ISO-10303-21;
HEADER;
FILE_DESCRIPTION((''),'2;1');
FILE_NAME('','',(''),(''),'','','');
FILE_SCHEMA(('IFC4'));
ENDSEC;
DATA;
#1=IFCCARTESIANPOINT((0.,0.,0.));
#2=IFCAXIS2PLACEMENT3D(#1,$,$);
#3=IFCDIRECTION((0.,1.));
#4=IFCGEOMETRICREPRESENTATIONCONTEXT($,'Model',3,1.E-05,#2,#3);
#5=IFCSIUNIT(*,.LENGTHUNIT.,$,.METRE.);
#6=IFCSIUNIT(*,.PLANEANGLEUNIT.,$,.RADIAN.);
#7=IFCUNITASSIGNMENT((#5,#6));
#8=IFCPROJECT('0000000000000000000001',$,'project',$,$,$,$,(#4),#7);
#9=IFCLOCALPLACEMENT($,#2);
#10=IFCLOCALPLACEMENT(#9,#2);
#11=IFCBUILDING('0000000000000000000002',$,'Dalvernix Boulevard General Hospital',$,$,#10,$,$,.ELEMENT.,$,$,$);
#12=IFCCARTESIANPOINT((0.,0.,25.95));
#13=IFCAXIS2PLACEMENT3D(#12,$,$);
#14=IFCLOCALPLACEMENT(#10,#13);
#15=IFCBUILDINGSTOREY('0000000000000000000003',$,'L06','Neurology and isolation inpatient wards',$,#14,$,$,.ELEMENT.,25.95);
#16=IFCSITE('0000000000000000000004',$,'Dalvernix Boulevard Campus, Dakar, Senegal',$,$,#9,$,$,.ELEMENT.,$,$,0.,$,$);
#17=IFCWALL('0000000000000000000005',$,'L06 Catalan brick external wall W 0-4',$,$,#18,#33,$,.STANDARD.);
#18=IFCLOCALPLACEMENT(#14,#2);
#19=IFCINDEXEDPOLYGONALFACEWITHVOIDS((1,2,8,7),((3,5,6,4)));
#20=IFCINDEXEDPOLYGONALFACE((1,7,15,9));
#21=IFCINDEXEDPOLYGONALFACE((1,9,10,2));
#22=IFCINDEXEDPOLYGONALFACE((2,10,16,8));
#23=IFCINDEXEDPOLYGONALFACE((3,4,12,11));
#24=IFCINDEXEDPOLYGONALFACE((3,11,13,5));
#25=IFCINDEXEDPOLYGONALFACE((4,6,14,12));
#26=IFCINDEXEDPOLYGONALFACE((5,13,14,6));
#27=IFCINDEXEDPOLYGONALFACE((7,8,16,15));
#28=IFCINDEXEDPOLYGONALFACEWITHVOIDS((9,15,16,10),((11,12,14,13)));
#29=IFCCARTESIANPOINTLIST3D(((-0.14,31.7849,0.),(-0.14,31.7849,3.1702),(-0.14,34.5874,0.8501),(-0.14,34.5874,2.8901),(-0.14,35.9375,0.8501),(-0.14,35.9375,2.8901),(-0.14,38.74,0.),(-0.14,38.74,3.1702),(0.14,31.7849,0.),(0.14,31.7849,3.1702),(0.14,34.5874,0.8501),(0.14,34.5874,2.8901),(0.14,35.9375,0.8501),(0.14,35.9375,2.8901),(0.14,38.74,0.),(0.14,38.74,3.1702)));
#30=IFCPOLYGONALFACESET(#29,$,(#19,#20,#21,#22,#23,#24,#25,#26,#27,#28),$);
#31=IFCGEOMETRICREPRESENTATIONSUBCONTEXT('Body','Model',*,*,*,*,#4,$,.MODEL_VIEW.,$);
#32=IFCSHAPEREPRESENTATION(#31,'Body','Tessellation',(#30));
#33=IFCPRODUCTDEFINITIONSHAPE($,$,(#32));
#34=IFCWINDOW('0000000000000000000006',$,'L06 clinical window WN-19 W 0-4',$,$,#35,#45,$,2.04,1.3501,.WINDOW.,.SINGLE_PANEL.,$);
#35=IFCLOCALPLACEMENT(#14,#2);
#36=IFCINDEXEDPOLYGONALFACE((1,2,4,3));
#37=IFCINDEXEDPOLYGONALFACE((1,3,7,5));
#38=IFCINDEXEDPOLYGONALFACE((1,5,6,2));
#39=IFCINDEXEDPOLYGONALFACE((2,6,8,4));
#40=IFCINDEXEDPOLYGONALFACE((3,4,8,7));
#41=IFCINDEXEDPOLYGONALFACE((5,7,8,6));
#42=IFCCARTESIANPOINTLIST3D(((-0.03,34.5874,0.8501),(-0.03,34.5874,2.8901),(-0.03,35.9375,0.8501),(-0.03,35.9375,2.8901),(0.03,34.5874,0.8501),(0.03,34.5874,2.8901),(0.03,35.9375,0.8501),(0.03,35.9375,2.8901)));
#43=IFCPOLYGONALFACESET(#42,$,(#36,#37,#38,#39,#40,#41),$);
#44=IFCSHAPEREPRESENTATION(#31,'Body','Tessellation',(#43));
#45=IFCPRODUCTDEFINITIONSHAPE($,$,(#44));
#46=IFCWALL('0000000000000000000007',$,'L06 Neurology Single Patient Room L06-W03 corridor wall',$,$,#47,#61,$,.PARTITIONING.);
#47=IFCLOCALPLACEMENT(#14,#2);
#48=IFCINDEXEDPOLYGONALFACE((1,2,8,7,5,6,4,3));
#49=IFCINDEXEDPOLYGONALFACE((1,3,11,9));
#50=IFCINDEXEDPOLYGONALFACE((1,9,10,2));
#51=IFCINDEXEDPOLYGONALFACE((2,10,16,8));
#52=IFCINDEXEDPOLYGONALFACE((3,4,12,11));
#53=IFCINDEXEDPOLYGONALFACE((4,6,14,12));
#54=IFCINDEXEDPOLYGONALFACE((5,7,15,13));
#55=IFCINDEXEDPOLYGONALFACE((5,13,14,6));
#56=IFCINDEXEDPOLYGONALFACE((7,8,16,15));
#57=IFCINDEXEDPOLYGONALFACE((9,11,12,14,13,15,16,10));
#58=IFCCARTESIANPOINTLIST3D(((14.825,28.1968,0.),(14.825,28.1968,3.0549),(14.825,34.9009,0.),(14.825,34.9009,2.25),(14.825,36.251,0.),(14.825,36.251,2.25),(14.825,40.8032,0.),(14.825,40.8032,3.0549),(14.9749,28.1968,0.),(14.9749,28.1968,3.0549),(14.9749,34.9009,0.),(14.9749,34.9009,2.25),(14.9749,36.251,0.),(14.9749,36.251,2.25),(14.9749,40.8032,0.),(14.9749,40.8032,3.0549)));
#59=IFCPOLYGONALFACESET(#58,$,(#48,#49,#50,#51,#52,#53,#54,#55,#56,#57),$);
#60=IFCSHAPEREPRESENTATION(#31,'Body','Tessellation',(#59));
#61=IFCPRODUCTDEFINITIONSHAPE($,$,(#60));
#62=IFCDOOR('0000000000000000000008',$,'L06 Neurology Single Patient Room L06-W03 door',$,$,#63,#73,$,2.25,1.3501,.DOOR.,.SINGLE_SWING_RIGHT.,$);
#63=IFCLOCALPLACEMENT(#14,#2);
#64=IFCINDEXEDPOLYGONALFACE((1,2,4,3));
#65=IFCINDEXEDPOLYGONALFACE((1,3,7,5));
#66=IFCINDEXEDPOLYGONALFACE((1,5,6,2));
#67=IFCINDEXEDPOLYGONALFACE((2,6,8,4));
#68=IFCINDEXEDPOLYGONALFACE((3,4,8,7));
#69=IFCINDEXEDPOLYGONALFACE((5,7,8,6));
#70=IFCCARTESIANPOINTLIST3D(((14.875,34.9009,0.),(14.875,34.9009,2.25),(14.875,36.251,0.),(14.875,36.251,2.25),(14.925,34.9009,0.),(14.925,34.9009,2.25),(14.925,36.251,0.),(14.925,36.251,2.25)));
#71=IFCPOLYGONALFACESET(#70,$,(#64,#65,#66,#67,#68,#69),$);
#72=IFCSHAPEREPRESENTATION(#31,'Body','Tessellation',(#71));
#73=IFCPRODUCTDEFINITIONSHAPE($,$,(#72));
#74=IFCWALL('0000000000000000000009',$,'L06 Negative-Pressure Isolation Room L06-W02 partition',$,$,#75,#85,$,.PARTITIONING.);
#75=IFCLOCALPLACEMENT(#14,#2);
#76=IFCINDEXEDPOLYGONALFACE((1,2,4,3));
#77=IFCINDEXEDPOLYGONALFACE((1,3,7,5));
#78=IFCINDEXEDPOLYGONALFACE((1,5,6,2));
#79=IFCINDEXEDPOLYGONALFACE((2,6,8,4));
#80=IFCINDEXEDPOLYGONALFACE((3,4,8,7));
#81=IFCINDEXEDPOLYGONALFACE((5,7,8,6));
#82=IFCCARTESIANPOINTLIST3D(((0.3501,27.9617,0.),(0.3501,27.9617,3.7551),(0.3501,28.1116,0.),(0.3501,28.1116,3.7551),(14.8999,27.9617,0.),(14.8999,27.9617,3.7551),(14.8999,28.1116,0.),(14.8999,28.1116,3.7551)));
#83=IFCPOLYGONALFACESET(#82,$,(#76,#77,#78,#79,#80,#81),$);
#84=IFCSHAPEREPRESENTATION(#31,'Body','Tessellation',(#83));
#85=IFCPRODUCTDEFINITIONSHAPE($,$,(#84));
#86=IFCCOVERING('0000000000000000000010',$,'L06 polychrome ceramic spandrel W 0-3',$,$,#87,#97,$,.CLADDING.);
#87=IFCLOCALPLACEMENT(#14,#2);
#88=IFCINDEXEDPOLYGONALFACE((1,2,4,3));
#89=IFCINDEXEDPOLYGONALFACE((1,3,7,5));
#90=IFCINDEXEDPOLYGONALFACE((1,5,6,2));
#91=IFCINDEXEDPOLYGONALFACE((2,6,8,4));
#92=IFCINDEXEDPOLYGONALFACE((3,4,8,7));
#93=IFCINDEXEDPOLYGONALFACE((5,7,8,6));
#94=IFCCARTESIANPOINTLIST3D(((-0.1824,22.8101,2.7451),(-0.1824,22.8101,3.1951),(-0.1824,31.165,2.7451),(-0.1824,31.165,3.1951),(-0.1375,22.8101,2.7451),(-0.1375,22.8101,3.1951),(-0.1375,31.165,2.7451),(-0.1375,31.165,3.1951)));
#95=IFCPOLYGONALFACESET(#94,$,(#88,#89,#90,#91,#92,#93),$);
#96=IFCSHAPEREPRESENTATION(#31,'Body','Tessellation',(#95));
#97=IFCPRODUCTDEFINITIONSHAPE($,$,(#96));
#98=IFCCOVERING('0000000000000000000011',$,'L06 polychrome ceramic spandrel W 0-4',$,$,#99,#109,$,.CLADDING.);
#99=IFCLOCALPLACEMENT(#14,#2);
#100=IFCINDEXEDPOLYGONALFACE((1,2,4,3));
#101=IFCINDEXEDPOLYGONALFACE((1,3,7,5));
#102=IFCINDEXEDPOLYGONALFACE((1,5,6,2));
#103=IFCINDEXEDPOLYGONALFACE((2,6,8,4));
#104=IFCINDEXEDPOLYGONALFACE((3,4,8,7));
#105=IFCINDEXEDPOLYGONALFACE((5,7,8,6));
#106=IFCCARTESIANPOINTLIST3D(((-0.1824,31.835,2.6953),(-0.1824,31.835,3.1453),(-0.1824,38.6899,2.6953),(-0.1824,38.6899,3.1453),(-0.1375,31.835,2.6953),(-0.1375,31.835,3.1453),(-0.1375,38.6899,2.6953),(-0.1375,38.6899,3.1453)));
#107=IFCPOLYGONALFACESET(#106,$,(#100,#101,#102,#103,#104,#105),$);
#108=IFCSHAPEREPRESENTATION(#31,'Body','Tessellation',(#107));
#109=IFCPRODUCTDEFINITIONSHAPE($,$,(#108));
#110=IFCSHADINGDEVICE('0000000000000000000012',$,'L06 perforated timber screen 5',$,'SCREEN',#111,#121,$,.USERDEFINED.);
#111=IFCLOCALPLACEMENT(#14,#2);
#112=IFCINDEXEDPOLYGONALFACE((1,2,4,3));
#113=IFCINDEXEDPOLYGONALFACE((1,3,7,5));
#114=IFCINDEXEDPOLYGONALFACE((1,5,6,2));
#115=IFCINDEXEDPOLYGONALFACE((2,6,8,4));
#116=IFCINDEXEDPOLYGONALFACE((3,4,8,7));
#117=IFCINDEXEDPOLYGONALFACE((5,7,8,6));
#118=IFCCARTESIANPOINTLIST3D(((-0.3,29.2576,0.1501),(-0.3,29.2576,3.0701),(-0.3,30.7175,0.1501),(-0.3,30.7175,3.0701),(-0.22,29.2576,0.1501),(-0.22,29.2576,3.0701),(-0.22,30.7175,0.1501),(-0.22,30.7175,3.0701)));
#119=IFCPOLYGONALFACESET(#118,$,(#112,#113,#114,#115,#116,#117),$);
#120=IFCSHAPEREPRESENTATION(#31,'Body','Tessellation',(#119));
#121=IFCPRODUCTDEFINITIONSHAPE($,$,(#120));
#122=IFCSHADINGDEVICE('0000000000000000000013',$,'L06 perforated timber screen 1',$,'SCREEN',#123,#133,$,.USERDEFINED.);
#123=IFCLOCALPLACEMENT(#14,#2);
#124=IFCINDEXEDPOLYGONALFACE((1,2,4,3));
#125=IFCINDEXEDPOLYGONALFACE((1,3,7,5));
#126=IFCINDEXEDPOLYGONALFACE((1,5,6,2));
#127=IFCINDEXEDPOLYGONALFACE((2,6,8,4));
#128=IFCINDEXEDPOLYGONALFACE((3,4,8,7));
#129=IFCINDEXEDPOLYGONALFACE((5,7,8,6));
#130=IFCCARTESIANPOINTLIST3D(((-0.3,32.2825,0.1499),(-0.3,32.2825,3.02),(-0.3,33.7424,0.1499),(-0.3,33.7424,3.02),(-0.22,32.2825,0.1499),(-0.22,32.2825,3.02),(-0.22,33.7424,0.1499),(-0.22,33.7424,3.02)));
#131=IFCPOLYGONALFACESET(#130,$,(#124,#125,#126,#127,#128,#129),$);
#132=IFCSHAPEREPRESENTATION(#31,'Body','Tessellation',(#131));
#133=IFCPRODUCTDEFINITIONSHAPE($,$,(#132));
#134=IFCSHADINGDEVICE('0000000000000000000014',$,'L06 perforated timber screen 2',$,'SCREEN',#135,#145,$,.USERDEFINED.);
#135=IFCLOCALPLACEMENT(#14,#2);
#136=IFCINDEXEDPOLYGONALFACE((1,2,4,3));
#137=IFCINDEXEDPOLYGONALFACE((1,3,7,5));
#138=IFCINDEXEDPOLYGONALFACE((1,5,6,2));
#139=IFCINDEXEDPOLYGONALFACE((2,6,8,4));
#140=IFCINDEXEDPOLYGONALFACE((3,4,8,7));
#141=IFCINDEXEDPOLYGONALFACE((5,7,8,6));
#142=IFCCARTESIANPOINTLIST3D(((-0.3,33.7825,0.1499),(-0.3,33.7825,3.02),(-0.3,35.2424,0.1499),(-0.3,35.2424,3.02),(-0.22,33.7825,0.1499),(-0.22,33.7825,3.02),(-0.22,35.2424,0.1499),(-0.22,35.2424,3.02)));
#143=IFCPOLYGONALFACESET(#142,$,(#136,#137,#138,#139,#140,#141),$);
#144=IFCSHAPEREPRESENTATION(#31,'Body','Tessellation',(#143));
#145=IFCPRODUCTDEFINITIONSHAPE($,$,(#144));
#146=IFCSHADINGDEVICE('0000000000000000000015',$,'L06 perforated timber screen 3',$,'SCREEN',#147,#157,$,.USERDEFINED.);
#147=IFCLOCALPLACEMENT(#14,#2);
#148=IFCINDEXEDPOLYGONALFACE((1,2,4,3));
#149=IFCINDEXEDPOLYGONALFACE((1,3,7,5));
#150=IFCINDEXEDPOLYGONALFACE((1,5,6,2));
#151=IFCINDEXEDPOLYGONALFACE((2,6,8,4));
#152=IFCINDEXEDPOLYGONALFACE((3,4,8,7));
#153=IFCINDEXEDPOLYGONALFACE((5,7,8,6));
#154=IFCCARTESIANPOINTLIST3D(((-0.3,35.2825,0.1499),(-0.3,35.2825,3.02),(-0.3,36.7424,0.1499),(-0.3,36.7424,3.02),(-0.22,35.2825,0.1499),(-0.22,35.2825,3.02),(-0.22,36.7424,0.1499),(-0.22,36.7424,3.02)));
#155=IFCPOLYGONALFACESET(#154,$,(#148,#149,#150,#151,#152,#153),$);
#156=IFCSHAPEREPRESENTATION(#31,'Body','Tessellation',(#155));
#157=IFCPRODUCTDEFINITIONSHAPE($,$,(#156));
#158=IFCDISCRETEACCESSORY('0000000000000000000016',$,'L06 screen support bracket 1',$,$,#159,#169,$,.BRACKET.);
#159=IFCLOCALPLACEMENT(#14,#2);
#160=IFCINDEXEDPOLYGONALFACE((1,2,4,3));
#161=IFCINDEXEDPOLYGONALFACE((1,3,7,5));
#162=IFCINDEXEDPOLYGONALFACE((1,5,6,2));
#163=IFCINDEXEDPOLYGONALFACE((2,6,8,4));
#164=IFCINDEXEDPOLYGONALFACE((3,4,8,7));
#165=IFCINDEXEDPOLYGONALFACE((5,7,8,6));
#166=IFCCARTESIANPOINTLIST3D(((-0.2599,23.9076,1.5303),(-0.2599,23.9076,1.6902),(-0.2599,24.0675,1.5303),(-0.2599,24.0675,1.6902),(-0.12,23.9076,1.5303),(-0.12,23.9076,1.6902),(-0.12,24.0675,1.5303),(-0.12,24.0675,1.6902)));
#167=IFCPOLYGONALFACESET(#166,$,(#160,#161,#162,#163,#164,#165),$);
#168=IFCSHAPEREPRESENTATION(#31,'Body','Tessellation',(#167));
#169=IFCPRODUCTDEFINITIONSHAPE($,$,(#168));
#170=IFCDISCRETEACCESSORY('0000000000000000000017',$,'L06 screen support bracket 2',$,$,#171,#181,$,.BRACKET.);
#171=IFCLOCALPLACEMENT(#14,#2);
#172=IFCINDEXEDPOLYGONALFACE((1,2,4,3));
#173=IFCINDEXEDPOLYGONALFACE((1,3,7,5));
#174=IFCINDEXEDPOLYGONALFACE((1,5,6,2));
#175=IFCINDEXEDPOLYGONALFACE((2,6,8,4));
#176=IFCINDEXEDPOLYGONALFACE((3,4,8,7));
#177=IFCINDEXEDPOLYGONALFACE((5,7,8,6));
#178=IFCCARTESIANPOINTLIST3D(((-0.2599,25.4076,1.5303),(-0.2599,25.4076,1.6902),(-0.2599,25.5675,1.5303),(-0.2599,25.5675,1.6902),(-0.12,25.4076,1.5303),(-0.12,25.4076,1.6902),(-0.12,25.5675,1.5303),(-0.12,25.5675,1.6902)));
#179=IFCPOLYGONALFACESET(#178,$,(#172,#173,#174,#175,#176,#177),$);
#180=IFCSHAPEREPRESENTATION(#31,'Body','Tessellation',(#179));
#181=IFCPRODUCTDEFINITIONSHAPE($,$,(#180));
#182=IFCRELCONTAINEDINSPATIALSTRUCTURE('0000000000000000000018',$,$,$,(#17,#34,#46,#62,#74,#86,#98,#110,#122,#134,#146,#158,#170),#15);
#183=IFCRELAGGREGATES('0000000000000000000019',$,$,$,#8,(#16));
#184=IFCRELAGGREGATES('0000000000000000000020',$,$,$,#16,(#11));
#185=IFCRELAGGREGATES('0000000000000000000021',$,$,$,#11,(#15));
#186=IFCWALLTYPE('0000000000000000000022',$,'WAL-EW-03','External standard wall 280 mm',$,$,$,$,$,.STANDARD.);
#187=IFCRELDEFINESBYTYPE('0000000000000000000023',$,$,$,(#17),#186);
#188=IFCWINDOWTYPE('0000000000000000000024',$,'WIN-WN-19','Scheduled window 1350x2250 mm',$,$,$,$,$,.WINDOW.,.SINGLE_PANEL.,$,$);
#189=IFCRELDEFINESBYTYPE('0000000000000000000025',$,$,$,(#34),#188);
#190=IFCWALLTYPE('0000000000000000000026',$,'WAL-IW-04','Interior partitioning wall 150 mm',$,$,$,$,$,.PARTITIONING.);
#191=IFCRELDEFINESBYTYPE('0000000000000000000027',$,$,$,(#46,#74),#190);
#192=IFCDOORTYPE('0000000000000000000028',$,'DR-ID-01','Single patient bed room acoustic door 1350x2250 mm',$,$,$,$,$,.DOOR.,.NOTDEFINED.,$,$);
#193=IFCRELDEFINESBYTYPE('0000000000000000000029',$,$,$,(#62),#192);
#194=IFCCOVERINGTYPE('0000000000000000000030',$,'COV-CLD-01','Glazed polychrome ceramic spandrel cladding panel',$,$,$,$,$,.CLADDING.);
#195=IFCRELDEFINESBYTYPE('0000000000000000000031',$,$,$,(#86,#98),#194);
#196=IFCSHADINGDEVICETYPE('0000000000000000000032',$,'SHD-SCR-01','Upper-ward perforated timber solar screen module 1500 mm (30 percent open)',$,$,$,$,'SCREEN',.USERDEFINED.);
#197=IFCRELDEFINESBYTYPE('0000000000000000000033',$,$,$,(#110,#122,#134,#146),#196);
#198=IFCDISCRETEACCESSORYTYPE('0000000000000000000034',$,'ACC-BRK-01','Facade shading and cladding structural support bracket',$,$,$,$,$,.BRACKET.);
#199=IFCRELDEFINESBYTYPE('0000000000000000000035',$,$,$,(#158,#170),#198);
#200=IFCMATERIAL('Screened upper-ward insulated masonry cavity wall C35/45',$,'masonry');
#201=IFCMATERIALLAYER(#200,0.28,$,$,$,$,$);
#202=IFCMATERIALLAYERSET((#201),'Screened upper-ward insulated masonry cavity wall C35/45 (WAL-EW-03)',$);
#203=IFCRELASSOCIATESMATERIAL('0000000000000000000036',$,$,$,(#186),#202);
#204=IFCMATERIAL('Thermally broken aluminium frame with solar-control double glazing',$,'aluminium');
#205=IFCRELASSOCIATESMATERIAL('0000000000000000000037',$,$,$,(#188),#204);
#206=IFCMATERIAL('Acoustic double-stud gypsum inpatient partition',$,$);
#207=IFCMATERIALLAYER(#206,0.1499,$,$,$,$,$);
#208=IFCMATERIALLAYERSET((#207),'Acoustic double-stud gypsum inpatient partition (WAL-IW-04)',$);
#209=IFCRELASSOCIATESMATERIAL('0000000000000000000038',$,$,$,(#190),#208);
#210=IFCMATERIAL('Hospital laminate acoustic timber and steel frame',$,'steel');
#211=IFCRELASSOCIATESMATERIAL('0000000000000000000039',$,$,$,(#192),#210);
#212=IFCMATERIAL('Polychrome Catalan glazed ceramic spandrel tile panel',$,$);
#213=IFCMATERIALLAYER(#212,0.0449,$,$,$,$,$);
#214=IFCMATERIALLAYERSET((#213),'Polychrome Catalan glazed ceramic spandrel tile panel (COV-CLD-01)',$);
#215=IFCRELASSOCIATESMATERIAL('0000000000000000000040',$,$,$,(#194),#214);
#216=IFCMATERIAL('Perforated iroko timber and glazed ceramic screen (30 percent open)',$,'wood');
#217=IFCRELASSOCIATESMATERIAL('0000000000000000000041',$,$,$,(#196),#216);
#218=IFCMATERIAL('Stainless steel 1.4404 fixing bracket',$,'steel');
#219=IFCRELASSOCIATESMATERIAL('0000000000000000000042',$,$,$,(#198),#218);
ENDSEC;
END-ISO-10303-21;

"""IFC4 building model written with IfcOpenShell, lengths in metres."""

from ifc_helpers import new_model, si_unit, direction, frame, frame_2d, origin, origin_2d, place, context, subcontext, project, spatial, rectangle, extrude, material, layer, layer_set, type_object, element, fill, save


model = new_model("IFC4")

# Units and contexts
model_context = context("Model", 3, precision=1e-05, world=origin(), true_north=direction((0.0, 1.0)))
body_context = subcontext(model_context, "Body", "Model", "MODEL_VIEW")
ifc_project = project(units=[si_unit("LENGTHUNIT", "METRE"), si_unit("PLANEANGLEUNIT", "RADIAN")], contexts=[model_context])

# Site, building, storey
site_placement = place(None, origin())
site = spatial("IfcSite", under=ifc_project, at=site_placement, Name="Dalvernix Boulevard Campus, Dakar, Senegal", CompositionType="ELEMENT", RefElevation=0.0)
building_placement = place(site_placement, origin())
building = spatial("IfcBuilding", under=site, at=building_placement, Name="Dalvernix Boulevard General Hospital", CompositionType="ELEMENT")
storey_placement = place(building_placement, frame((0.0, 0.0, 25.95)))
storey = spatial("IfcBuildingStorey", under=building, at=storey_placement, Name="L06", Description="Neurology and isolation inpatient wards", CompositionType="ELEMENT", Elevation=25.95)

# Wall, opening, window
ifc_material_1 = material(Name="Screened upper-ward insulated masonry cavity wall C35/45", Category="masonry")
ifc_layer_1 = layer(ifc_material_1, 0.28)
ifc_layer_set_1 = layer_set([ifc_layer_1], Name="Screened upper-ward insulated masonry cavity wall C35/45 (WAL-EW-03)")
wall_type_1 = type_object("IfcWallType", Name="WAL-EW-03", Description="External standard wall 280 mm", PredefinedType="STANDARD", material=ifc_layer_set_1)
ifc_material_2 = material(Name="Thermally broken aluminium frame with solar-control double glazing", Category="aluminium")
wall_1_placement = place(storey_placement, frame((0.0, 31.7849, 0.0), z_axis=(0.0, 0.0, 1.0), x_axis=(0.0, 1.0, 0.0)))
wall_1 = element("IfcWall", 1, at=wall_1_placement, inside=storey, type_object=wall_type_1, Name="L06 Catalan brick external wall W 0-4", PredefinedType="STANDARD", context=body_context, shape_type="SweptSolid", body=[
    extrude(rectangle(XDim=6.9551, YDim=0.28, at=frame_2d((3.4775, 0.0))), origin(), (0.0, 0.0, 1.0), 3.1702),
])
opening_1_placement = place(wall_1_placement, frame((2.8025, 0.0, 0.8501)))
opening_1 = element("IfcOpeningElement", 2, at=opening_1_placement, cuts=wall_1, PredefinedType="OPENING", context=body_context, shape_type="SweptSolid", body=[
    extrude(rectangle(XDim=1.3501, YDim=2.04, at=frame_2d((0.675, 1.02))), frame((0.0, 0.1499, 0.0), z_axis=(0.0, -1.0, 0.0), x_axis=(1.0, 0.0, 0.0)), (0.0, 0.0, 1.0), 0.3),
])
window_type_1 = type_object("IfcWindowType", Name="WIN-WN-19", Description="Scheduled window 1350x2250 mm", PartitioningType="SINGLE_PANEL", PredefinedType="WINDOW", material=ifc_material_2)
window_1_placement = place(opening_1_placement, origin())
window_1 = element("IfcWindow", 3, at=window_1_placement, inside=storey, type_object=window_type_1, Name="L06 clinical window WN-19 W 0-4", OverallHeight=2.04, OverallWidth=1.3501, PartitioningType="SINGLE_PANEL", PredefinedType="WINDOW", context=body_context, shape_type="SweptSolid", body=[
    extrude(rectangle(XDim=1.3501, YDim=2.04, at=frame_2d((0.675, 1.02))), frame((0.0, 0.03, 0.0), z_axis=(0.0, -1.0, 0.0), x_axis=(1.0, 0.0, 0.0)), (0.0, 0.0, 1.0), 0.0601),
])
fill(opening_1, window_1)

# Wall, opening, door
ifc_material_3 = material(Name="Acoustic double-stud gypsum inpatient partition")
ifc_layer_2 = layer(ifc_material_3, 0.1499)
ifc_layer_set_2 = layer_set([ifc_layer_2], Name="Acoustic double-stud gypsum inpatient partition (WAL-IW-04)")
wall_type_2 = type_object("IfcWallType", Name="WAL-IW-04", Description="Interior partitioning wall 150 mm", PredefinedType="PARTITIONING", material=ifc_layer_set_2)
wall_2_placement = place(storey_placement, frame((14.8999, 28.1968, 0.0), z_axis=(0.0, 0.0, 1.0), x_axis=(0.0, 1.0, 0.0)))
wall_2 = element("IfcWall", 4, at=wall_2_placement, inside=storey, type_object=wall_type_2, Name="L06 Neurology Single Patient Room L06-W03 corridor wall", PredefinedType="PARTITIONING", context=body_context, shape_type="SweptSolid", body=[
    extrude(rectangle(XDim=12.6064, YDim=0.1499, at=frame_2d((6.3032, 0.0))), origin(), (0.0, 0.0, 1.0), 3.0549),
])
opening_2_placement = place(wall_2_placement, frame((6.7041, 0.0, 0.0)))
opening_2 = element("IfcOpeningElement", 5, at=opening_2_placement, cuts=wall_2, PredefinedType="OPENING", context=body_context, shape_type="SweptSolid", body=[
    extrude(rectangle(XDim=1.3501, YDim=2.25, at=frame_2d((0.675, 1.125))), frame((0.0, 0.085, 0.0), z_axis=(0.0, -1.0, 0.0), x_axis=(1.0, 0.0, 0.0)), (0.0, 0.0, 1.0), 0.1699),
])
ifc_material_4 = material(Name="Hospital laminate acoustic timber and steel frame", Category="steel")
door_type = type_object("IfcDoorType", Name="DR-ID-01", Description="Single patient bed room acoustic door 1350x2250 mm", OperationType="NOTDEFINED", PredefinedType="DOOR", material=ifc_material_4)
door_placement = place(opening_2_placement, origin())
door = element("IfcDoor", 6, at=door_placement, inside=storey, type_object=door_type, Name="L06 Neurology Single Patient Room L06-W03 door", OperationType="SINGLE_SWING_RIGHT", OverallHeight=2.25, OverallWidth=1.3501, PredefinedType="DOOR", context=body_context, shape_type="SweptSolid", body=[
    extrude(rectangle(XDim=1.3501, YDim=2.25, at=frame_2d((0.675, 1.125))), frame((0.0, 0.0249, 0.0), z_axis=(0.0, -1.0, 0.0), x_axis=(1.0, 0.0, 0.0)), (0.0, 0.0, 1.0), 0.05),
])
fill(opening_2, door)

# Wall
wall_3_placement = place(storey_placement, frame((0.3501, 28.0366, 0.0), z_axis=(0.0, 0.0, 1.0), x_axis=(1.0, 0.0, 0.0)))
element("IfcWall", 7, at=wall_3_placement, inside=storey, type_object=wall_type_2, Name="L06 Negative-Pressure Isolation Room L06-W02 partition", PredefinedType="PARTITIONING", context=body_context, shape_type="SweptSolid", body=[
    extrude(rectangle(XDim=14.5498, YDim=0.1499, at=frame_2d((7.2749, 0.0))), origin(), (0.0, 0.0, 1.0), 3.7551),
])

# Coverings
ifc_material_5 = material(Name="Polychrome Catalan glazed ceramic spandrel tile panel")
ifc_layer_3 = layer(ifc_material_5, 0.0449)
ifc_layer_set_3 = layer_set([ifc_layer_3], Name="Polychrome Catalan glazed ceramic spandrel tile panel (COV-CLD-01)")
covering_type = type_object("IfcCoveringType", Name="COV-CLD-01", Description="Glazed polychrome ceramic spandrel cladding panel", PredefinedType="CLADDING", material=ifc_layer_set_3)
covering_1_placement = place(storey_placement, frame((-0.1599, 26.9875, 2.7451), z_axis=(0.0, 0.0, 1.0), x_axis=(0.0, 1.0, 0.0)))
element("IfcCovering", 8, at=covering_1_placement, inside=storey, type_object=covering_type, Name="L06 polychrome ceramic spandrel W 0-3", PredefinedType="CLADDING", context=body_context, shape_type="SweptSolid", body=[
    extrude(rectangle(XDim=8.355, YDim=0.0449, at=origin_2d()), origin(), (0.0, 0.0, 1.0), 0.45),
])
covering_2_placement = place(storey_placement, frame((-0.1599, 35.2625, 2.6953), z_axis=(0.0, 0.0, 1.0), x_axis=(0.0, 1.0, 0.0)))
element("IfcCovering", 9, at=covering_2_placement, inside=storey, type_object=covering_type, Name="L06 polychrome ceramic spandrel W 0-4", PredefinedType="CLADDING", context=body_context, shape_type="SweptSolid", body=[
    extrude(rectangle(XDim=6.855, YDim=0.0449, at=origin_2d()), origin(), (0.0, 0.0, 1.0), 0.45),
])

# Shading devices
ifc_material_6 = material(Name="Perforated iroko timber and glazed ceramic screen (30 percent open)", Category="wood")
shading_device_type = type_object("IfcShadingDeviceType", Name="SHD-SCR-01", Description="Upper-ward perforated timber solar screen module 1500 mm (30 percent open)", ElementType="SCREEN", PredefinedType="USERDEFINED", material=ifc_material_6)
shading_device_placement = place(storey_placement, frame((-0.26, 29.9875, 0.1501), z_axis=(0.0, 0.0, 1.0), x_axis=(0.0, 1.0, 0.0)))
element("IfcShadingDevice", 10, at=shading_device_placement, inside=storey, type_object=shading_device_type, Name="L06 perforated timber screen 5", ObjectType="SCREEN", PredefinedType="USERDEFINED", context=body_context, shape_type="SweptSolid", body=[
    extrude(rectangle(XDim=1.46, YDim=0.0801, at=origin_2d()), origin(), (0.0, 0.0, 1.0), 2.9199),
])
for number, where, z_axis, x_axis, name in (
    (11, (-0.26, 33.0125, 0.1499), (0.0, 0.0, 1.0), (0.0, 1.0, 0.0), "L06 perforated timber screen 1"),
    (12, (-0.26, 34.5125, 0.1499), (0.0, 0.0, 1.0), (0.0, 1.0, 0.0), "L06 perforated timber screen 2"),
    (13, (-0.26, 36.0125, 0.1499), (0.0, 0.0, 1.0), (0.0, 1.0, 0.0), "L06 perforated timber screen 3"),
):
    element("IfcShadingDevice", number, at=place(storey_placement, frame(where, z_axis=z_axis, x_axis=x_axis)), inside=storey, type_object=shading_device_type, Name=name, ObjectType="SCREEN", PredefinedType="USERDEFINED", context=body_context, shape_type="SweptSolid", body=[
        extrude(rectangle(XDim=1.46, YDim=0.0801, at=origin_2d()), origin(), (0.0, 0.0, 1.0), 2.8701),
    ])

# Discrete accessories
ifc_material_7 = material(Name="Stainless steel 1.4404 fixing bracket", Category="steel")
discrete_accessory_type = type_object("IfcDiscreteAccessoryType", Name="ACC-BRK-01", Description="Facade shading and cladding structural support bracket", PredefinedType="BRACKET", material=ifc_material_7)
for number, where, z_axis, x_axis, name in (
    (14, (-0.1899, 23.9875, 1.5303), (0.0, 0.0, 1.0), (0.0, 1.0, 0.0), "L06 screen support bracket 1"),
    (15, (-0.1899, 25.4875, 1.5303), (0.0, 0.0, 1.0), (0.0, 1.0, 0.0), "L06 screen support bracket 2"),
):
    element("IfcDiscreteAccessory", number, at=place(storey_placement, frame(where, z_axis=z_axis, x_axis=x_axis)), inside=storey, type_object=discrete_accessory_type, Name=name, PredefinedType="BRACKET", context=body_context, shape_type="SweptSolid", body=[
        extrude(rectangle(XDim=0.1599, YDim=0.1399, at=origin_2d()), origin(), (0.0, 0.0, 1.0), 0.1599),
    ])

save(model, "model.ifc")
